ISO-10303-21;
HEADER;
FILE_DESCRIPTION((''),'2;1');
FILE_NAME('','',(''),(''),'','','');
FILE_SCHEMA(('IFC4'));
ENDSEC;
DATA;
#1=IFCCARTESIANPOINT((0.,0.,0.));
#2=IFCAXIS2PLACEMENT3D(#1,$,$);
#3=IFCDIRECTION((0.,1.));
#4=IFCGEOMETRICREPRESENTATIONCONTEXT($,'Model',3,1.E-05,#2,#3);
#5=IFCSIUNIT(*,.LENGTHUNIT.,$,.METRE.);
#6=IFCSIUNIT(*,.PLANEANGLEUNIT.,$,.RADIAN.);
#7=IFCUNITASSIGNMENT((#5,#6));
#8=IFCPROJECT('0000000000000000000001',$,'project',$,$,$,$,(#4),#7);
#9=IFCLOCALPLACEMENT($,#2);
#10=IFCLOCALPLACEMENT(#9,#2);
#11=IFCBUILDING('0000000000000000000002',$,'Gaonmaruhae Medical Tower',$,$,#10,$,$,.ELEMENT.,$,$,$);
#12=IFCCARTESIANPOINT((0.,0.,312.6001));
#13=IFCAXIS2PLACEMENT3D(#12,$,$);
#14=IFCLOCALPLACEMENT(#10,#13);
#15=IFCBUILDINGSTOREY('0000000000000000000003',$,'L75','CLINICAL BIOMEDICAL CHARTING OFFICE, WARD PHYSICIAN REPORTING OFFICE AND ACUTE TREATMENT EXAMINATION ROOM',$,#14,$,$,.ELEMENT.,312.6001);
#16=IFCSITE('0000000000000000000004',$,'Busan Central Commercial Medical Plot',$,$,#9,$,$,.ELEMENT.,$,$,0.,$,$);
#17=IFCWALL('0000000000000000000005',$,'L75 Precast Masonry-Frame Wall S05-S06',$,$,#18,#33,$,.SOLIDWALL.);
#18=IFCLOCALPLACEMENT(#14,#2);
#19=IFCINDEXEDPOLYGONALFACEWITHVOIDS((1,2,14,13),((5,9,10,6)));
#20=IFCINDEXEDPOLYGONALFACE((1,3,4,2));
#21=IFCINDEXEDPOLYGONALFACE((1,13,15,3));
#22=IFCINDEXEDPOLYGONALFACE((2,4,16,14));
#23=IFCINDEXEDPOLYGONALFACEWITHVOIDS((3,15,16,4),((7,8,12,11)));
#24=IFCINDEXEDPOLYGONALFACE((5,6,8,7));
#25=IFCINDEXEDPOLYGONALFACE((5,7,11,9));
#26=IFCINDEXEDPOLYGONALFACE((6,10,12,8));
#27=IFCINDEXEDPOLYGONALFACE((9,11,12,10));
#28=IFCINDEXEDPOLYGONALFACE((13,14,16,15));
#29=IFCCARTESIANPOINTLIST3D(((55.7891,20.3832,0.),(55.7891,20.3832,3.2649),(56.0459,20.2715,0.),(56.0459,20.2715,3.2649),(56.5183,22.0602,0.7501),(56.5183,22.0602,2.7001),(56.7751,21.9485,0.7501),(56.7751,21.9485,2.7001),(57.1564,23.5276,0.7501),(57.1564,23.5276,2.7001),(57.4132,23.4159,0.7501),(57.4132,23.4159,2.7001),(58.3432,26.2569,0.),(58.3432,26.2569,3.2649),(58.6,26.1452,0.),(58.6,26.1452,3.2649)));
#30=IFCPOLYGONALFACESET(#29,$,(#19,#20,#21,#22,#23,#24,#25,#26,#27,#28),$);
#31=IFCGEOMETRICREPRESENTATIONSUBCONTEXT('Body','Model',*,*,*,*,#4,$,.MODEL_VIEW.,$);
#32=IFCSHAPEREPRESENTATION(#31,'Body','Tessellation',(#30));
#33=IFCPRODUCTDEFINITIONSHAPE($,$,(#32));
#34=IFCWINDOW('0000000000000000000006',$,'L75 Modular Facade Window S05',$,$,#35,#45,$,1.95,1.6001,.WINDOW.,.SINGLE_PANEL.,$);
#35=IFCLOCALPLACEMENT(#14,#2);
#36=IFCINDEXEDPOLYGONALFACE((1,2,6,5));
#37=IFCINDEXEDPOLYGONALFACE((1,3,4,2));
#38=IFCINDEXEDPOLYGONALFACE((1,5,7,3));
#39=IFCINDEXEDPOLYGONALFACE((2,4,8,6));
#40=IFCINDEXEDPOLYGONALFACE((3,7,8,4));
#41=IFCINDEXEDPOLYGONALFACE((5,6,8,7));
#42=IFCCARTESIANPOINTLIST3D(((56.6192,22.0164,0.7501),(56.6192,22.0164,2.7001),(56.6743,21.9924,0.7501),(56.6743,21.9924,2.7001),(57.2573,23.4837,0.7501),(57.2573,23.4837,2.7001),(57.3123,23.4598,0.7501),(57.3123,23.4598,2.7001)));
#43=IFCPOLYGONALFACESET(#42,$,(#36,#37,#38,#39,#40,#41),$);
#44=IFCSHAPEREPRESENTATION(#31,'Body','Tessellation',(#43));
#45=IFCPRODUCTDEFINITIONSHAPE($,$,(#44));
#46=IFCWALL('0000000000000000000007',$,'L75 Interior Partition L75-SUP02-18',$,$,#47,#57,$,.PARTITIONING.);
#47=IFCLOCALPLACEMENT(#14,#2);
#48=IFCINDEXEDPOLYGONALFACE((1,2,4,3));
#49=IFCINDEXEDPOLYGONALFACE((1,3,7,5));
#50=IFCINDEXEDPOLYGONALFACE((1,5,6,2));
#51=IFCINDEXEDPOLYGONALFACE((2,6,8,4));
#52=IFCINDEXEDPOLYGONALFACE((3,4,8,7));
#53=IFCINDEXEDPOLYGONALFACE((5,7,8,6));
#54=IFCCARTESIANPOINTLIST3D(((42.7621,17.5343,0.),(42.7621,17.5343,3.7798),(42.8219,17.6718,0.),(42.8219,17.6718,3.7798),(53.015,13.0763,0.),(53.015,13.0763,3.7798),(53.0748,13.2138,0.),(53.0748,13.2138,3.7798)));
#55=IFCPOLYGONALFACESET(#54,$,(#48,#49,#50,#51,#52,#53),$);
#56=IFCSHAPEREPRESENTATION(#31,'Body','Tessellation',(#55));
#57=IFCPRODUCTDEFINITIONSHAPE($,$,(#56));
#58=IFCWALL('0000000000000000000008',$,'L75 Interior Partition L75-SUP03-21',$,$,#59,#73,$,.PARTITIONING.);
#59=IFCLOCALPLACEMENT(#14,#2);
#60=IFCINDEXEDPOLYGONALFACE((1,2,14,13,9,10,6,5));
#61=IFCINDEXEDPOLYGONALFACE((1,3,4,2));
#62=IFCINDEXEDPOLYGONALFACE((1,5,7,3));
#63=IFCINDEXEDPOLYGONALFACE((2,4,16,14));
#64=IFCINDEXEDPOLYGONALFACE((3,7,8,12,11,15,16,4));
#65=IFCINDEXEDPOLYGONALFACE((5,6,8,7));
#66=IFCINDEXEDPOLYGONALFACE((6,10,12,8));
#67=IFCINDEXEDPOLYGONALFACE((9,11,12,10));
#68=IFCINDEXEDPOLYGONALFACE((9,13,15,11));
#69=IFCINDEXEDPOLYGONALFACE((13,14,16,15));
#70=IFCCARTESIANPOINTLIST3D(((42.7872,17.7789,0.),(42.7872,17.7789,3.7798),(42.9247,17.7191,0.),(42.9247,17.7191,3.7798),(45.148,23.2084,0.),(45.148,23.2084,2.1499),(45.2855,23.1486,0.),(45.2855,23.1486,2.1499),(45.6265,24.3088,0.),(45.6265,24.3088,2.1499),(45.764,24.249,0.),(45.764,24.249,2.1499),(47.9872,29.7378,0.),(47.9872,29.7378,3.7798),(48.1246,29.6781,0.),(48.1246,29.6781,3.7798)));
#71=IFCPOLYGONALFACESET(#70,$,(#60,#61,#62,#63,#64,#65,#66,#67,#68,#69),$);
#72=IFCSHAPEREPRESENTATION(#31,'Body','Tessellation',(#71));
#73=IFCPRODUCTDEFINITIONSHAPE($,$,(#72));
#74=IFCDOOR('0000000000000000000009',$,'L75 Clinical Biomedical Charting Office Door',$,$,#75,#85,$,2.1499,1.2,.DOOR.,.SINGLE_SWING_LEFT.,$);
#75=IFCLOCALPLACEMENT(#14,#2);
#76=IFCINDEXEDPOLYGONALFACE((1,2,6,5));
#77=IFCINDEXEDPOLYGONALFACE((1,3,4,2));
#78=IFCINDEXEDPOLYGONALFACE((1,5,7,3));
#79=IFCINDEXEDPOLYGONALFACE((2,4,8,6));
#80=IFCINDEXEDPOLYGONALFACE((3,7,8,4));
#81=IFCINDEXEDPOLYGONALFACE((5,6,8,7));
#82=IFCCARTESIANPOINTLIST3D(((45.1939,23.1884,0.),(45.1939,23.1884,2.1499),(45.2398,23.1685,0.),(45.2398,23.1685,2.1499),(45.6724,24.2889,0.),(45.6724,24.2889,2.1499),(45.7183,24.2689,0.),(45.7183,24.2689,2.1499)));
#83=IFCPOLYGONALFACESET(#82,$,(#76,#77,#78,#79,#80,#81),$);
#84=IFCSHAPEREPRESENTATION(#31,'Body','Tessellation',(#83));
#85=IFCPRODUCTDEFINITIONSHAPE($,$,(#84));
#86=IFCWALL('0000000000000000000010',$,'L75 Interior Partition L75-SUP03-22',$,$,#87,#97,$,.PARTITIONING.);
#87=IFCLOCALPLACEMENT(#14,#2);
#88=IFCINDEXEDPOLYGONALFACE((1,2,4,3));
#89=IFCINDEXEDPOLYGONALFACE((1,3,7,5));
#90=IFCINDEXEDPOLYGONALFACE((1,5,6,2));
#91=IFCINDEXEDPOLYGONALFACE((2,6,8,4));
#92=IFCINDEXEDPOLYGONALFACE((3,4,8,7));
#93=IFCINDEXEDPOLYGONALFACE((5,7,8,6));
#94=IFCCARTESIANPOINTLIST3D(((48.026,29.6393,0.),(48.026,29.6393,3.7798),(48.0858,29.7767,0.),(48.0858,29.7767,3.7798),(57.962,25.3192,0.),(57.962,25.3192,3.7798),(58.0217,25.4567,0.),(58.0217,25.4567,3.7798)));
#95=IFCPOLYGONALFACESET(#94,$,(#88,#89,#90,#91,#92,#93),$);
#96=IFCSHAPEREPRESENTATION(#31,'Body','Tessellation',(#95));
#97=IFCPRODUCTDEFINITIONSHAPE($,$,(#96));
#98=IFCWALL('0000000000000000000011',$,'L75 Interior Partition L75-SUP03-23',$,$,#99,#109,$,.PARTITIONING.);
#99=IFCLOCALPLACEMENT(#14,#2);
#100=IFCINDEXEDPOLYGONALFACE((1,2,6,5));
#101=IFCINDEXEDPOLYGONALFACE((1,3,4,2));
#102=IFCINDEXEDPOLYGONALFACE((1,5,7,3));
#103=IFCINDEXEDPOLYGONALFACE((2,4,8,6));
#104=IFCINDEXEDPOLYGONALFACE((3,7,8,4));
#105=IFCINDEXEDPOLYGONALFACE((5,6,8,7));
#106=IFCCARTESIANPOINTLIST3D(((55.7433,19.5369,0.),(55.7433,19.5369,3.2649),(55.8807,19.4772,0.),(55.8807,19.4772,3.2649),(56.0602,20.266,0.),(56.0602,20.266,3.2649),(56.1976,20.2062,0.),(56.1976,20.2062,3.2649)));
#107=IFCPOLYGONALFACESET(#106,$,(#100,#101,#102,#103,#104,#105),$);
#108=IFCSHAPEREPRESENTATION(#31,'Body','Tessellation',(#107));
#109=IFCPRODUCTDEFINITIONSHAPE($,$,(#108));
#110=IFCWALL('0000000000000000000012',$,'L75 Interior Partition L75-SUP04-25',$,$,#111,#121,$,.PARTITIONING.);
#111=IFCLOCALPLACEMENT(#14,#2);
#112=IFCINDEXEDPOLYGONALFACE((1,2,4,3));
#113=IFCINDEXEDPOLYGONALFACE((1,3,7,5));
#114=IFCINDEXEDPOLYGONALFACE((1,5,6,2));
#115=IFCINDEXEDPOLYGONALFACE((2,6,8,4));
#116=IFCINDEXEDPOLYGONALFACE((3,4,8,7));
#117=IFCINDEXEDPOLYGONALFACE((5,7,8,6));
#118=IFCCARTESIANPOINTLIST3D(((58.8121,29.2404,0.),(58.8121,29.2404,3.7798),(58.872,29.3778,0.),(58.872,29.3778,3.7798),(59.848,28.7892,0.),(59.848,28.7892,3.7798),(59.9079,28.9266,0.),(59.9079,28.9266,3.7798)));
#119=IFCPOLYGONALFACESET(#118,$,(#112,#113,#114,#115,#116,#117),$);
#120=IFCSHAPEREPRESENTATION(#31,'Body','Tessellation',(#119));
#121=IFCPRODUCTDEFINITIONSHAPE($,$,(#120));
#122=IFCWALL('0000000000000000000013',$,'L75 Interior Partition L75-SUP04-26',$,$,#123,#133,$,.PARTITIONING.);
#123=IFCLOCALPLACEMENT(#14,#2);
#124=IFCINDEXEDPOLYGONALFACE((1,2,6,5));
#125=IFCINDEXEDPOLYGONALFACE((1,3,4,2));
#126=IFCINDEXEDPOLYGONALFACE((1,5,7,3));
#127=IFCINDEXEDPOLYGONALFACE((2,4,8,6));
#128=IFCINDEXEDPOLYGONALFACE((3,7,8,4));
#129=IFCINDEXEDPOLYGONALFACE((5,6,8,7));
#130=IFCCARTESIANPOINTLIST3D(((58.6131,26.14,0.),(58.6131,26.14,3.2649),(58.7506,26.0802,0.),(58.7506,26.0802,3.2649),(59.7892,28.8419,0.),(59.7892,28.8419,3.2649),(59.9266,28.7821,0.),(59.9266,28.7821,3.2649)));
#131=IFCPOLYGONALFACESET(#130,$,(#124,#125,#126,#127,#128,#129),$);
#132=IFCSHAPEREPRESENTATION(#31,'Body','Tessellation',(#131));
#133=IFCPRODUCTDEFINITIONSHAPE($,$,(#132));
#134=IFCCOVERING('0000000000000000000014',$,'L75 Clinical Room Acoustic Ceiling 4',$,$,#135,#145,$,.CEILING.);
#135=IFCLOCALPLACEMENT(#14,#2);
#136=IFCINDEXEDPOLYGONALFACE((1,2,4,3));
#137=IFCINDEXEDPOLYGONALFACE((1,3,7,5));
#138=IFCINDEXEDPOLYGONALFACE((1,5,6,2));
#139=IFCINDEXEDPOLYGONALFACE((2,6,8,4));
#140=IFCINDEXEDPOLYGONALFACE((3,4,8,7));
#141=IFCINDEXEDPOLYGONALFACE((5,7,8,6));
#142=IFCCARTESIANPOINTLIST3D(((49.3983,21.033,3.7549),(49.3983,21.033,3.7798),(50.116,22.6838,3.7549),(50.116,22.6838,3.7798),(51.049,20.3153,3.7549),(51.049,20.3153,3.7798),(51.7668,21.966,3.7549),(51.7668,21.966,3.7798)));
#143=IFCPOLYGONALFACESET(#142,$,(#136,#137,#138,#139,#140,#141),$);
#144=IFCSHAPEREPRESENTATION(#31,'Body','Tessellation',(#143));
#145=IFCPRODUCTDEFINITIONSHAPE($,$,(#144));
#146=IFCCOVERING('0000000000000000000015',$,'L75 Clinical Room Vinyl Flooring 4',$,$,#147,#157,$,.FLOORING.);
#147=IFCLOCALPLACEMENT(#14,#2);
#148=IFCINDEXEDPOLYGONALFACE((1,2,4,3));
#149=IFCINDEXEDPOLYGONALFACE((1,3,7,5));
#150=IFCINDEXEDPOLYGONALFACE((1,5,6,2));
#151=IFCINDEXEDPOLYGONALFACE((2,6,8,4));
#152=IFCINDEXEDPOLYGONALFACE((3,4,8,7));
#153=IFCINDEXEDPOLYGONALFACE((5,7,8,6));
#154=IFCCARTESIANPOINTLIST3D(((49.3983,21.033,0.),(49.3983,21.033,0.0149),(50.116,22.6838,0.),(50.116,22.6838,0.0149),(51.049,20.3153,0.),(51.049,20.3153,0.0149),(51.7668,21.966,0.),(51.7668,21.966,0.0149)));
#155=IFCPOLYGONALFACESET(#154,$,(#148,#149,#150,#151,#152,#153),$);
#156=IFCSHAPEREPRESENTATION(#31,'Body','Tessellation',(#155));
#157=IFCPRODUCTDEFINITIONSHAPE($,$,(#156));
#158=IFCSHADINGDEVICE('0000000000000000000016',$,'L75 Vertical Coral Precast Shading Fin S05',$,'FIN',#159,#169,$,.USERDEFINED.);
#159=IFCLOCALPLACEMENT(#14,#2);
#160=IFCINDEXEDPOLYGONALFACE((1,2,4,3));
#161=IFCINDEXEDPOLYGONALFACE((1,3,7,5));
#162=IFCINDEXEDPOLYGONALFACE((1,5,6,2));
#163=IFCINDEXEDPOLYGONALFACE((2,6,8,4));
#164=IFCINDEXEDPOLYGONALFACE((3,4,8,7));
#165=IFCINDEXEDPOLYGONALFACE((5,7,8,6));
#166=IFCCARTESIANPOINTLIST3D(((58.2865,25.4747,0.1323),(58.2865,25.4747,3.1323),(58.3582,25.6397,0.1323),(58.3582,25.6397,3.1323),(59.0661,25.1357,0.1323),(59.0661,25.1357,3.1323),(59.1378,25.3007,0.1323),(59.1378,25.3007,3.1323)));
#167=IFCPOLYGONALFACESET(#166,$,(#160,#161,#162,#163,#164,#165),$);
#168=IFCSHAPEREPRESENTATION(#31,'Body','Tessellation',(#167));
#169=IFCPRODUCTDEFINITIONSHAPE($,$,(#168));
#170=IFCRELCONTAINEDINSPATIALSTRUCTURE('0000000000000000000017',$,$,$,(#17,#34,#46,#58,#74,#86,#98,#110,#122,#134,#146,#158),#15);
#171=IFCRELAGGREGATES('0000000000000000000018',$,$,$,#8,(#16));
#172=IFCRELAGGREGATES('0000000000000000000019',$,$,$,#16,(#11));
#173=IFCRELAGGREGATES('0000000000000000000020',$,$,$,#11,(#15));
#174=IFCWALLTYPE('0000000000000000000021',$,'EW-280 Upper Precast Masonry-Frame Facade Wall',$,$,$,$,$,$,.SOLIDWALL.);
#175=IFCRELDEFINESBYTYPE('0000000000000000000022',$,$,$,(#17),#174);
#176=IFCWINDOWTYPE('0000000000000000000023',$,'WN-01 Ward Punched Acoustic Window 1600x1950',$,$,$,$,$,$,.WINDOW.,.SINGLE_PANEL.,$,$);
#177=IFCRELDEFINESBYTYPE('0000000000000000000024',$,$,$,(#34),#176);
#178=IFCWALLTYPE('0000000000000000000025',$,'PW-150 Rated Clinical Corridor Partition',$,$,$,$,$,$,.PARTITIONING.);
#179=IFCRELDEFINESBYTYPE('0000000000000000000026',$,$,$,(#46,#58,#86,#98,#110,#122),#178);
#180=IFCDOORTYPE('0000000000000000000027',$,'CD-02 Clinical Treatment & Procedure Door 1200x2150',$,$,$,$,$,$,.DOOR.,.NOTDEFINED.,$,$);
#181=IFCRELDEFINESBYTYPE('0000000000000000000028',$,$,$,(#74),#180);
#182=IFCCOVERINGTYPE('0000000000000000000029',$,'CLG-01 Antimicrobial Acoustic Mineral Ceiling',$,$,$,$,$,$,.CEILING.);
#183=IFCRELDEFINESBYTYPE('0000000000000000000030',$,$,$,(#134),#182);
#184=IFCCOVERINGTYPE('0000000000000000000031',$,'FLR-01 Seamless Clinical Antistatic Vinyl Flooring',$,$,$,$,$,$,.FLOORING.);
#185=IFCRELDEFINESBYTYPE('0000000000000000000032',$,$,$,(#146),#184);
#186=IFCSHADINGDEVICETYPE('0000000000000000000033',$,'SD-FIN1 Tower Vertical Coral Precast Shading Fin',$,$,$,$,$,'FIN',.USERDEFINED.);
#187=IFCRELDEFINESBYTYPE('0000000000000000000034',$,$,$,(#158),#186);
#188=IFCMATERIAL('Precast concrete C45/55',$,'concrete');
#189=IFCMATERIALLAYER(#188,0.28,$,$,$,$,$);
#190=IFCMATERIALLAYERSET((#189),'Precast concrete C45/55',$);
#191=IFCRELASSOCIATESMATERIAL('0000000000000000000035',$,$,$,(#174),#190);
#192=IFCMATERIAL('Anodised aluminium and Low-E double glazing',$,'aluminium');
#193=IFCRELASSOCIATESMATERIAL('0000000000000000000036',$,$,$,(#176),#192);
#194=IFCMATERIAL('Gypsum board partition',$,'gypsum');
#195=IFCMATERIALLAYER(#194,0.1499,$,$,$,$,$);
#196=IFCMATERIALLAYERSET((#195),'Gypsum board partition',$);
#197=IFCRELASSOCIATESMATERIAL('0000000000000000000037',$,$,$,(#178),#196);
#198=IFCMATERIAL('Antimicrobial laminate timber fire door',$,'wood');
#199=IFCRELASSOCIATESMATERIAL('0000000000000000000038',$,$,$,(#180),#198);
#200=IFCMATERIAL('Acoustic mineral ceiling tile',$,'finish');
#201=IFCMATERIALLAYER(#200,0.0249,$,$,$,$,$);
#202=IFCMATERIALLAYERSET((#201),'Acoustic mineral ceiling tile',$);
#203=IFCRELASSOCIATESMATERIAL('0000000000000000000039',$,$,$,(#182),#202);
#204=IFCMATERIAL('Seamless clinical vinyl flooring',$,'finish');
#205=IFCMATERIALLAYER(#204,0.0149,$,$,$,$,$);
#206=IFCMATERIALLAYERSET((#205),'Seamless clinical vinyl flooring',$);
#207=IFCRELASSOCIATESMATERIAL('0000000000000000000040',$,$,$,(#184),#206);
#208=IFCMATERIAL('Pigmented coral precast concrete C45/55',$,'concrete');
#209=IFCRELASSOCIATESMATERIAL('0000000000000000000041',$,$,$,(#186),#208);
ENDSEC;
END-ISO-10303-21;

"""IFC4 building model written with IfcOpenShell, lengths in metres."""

from ifc_helpers import new_model, si_unit, direction, frame, frame_2d, origin, origin_2d, place, context, subcontext, project, spatial, rectangle, extrude, material, layer, layer_set, type_object, element, fill, save


model = new_model("IFC4")

# Units and contexts
model_context = context("Model", 3, precision=1e-05, world=origin(), true_north=direction((0.0, 1.0)))
body_context = subcontext(model_context, "Body", "Model", "MODEL_VIEW")
ifc_project = project(units=[si_unit("LENGTHUNIT", "METRE"), si_unit("PLANEANGLEUNIT", "RADIAN")], contexts=[model_context])

# Site, building, storey
site_placement = place(None, origin())
site = spatial("IfcSite", under=ifc_project, at=site_placement, Name="Busan Central Commercial Medical Plot", CompositionType="ELEMENT", RefElevation=0.0)
building_placement = place(site_placement, origin())
building = spatial("IfcBuilding", under=site, at=building_placement, Name="Gaonmaruhae Medical Tower", CompositionType="ELEMENT")
storey_placement = place(building_placement, frame((0.0, 0.0, 312.6001)))
storey = spatial("IfcBuildingStorey", under=building, at=storey_placement, Name="L75", Description="CLINICAL BIOMEDICAL CHARTING OFFICE, WARD PHYSICIAN REPORTING OFFICE AND ACUTE TREATMENT EXAMINATION ROOM", CompositionType="ELEMENT", Elevation=312.6001)

# Shared definitions
ifc_material_1 = material(Name="Precast concrete C45/55", Category="concrete")
ifc_layer_1 = layer(ifc_material_1, 0.28)
ifc_layer_set_1 = layer_set([ifc_layer_1], Name="Precast concrete C45/55")
wall_type_1 = type_object("IfcWallType", Name="EW-280 Upper Precast Masonry-Frame Facade Wall", PredefinedType="SOLIDWALL", material=ifc_layer_set_1)
ifc_material_2 = material(Name="Anodised aluminium and Low-E double glazing", Category="aluminium")

# Wall, opening, window
wall_1_placement = place(storey_placement, frame((58.4717, 26.2012, 0.0), z_axis=(0.0, 0.0, 1.0), x_axis=(-0.398776, -0.917048, 0.0)))
wall_1 = element("IfcWall", 1, at=wall_1_placement, inside=storey, type_object=wall_type_1, Name="L75 Precast Masonry-Frame Wall S05-S06", PredefinedType="SOLIDWALL", context=body_context, shape_type="SweptSolid", body=[
    extrude(rectangle(XDim=6.405, YDim=0.28, at=frame_2d((3.2026, 0.0))), origin(), (0.0, 0.0, 1.0), 3.2649),
])
opening_1_placement = place(wall_1_placement, frame((2.9763, 0.0, 0.75)))
opening_1 = element("IfcOpeningElement", 2, at=opening_1_placement, cuts=wall_1, PredefinedType="OPENING", context=body_context, shape_type="SweptSolid", body=[
    extrude(rectangle(XDim=1.6001, YDim=1.95, at=frame_2d((0.8, 0.9751))), frame((0.0, 0.1499, 0.0), z_axis=(0.0, -1.0, 0.0), x_axis=(1.0, 0.0, 0.0)), (0.0, 0.0, 1.0), 0.3),
])
window_type_1 = type_object("IfcWindowType", Name="WN-01 Ward Punched Acoustic Window 1600x1950", PartitioningType="SINGLE_PANEL", PredefinedType="WINDOW", material=ifc_material_2)
window_1_placement = place(opening_1_placement, origin())
window_1 = element("IfcWindow", 3, at=window_1_placement, inside=storey, type_object=window_type_1, Name="L75 Modular Facade Window S05", OverallHeight=1.95, OverallWidth=1.6001, PartitioningType="SINGLE_PANEL", PredefinedType="WINDOW", context=body_context, shape_type="SweptSolid", body=[
    extrude(rectangle(XDim=1.6001, YDim=1.95, at=frame_2d((0.8, 0.9751))), frame((0.0, 0.03, 0.0), z_axis=(0.0, -1.0, 0.0), x_axis=(1.0, 0.0, 0.0)), (0.0, 0.0, 1.0), 0.0601),
])
fill(opening_1, window_1)

# Wall
ifc_material_3 = material(Name="Gypsum board partition", Category="gypsum")
ifc_layer_2 = layer(ifc_material_3, 0.1499)
ifc_layer_set_2 = layer_set([ifc_layer_2], Name="Gypsum board partition")
wall_type_2 = type_object("IfcWallType", Name="PW-150 Rated Clinical Corridor Partition", PredefinedType="PARTITIONING", material=ifc_layer_set_2)
wall_2_placement = place(storey_placement, frame((42.792, 17.603, 0.0), z_axis=(0.0, 0.0, 1.0), x_axis=(0.917063, -0.398742, 0.0)))
element("IfcWall", 4, at=wall_2_placement, inside=storey, type_object=wall_type_2, Name="L75 Interior Partition L75-SUP02-18", PredefinedType="PARTITIONING", context=body_context, shape_type="SweptSolid", body=[
    extrude(rectangle(XDim=11.1802, YDim=0.1499, at=frame_2d((5.5901, 0.0))), origin(), (0.0, 0.0, 1.0), 3.7798),
])

# Wall, opening, door
wall_3_placement = place(storey_placement, frame((42.856, 17.749, 0.0), z_axis=(0.0, 0.0, 1.0), x_axis=(0.398751, 0.917059, 0.0)))
wall_3 = element("IfcWall", 5, at=wall_3_placement, inside=storey, type_object=wall_type_2, Name="L75 Interior Partition L75-SUP03-21", PredefinedType="PARTITIONING", context=body_context, shape_type="SweptSolid", body=[
    extrude(rectangle(XDim=13.0405, YDim=0.1499, at=frame_2d((6.5203, 0.0))), origin(), (0.0, 0.0, 1.0), 3.7798),
])
opening_2_placement = place(wall_3_placement, frame((5.9204, 0.0, 0.0)))
opening_2 = element("IfcOpeningElement", 6, at=opening_2_placement, cuts=wall_3, PredefinedType="OPENING", context=body_context, shape_type="SweptSolid", body=[
    extrude(rectangle(XDim=1.2, YDim=2.1499, at=frame_2d((0.6001, 1.075))), frame((0.0, 0.085, 0.0), z_axis=(0.0, -1.0, 0.0), x_axis=(1.0, 0.0, 0.0)), (0.0, 0.0, 1.0), 0.1699),
])
ifc_material_4 = material(Name="Antimicrobial laminate timber fire door", Category="wood")
door_type = type_object("IfcDoorType", Name="CD-02 Clinical Treatment & Procedure Door 1200x2150", OperationType="NOTDEFINED", PredefinedType="DOOR", material=ifc_material_4)
door_placement = place(opening_2_placement, origin())
door = element("IfcDoor", 7, at=door_placement, inside=storey, type_object=door_type, Name="L75 Clinical Biomedical Charting Office Door", OperationType="SINGLE_SWING_LEFT", OverallHeight=2.1499, OverallWidth=1.2, PredefinedType="DOOR", context=body_context, shape_type="SweptSolid", body=[
    extrude(rectangle(XDim=1.2, YDim=2.1499, at=frame_2d((0.6001, 1.075))), frame((0.0, 0.0249, 0.0), z_axis=(0.0, -1.0, 0.0), x_axis=(1.0, 0.0, 0.0)), (0.0, 0.0, 1.0), 0.05),
])
fill(opening_2, door)

# Walls
wall_4_placement = place(storey_placement, frame((48.0559, 29.708, 0.0), z_axis=(0.0, 0.0, 1.0), x_axis=(0.917068, -0.39873, 0.0)))
element("IfcWall", 8, at=wall_4_placement, inside=storey, type_object=wall_type_2, Name="L75 Interior Partition L75-SUP03-22", PredefinedType="PARTITIONING", context=body_context, shape_type="SweptSolid", body=[
    extrude(rectangle(XDim=10.8345, YDim=0.1499, at=frame_2d((5.4172, 0.0))), origin(), (0.0, 0.0, 1.0), 3.7798),
])
wall_5_placement = place(storey_placement, frame((56.1289, 20.2361, 0.0), z_axis=(0.0, 0.0, 1.0), x_axis=(-0.398659, -0.917099, 0.0)))
element("IfcWall", 9, at=wall_5_placement, inside=storey, type_object=wall_type_2, Name="L75 Interior Partition L75-SUP03-23", PredefinedType="PARTITIONING", context=body_context, shape_type="SweptSolid", body=[
    extrude(rectangle(XDim=0.7949, YDim=0.1499, at=frame_2d((0.3975, 0.0))), origin(), (0.0, 0.0, 1.0), 3.2649),
])
wall_6_placement = place(storey_placement, frame((58.842, 29.3091, 0.0), z_axis=(0.0, 0.0, 1.0), x_axis=(0.916816, -0.399311, 0.0)))
element("IfcWall", 10, at=wall_6_placement, inside=storey, type_object=wall_type_2, Name="L75 Interior Partition L75-SUP04-25", PredefinedType="PARTITIONING", context=body_context, shape_type="SweptSolid", body=[
    extrude(rectangle(XDim=1.1299, YDim=0.1499, at=frame_2d((0.5649, 0.0))), origin(), (0.0, 0.0, 1.0), 3.7798),
])
wall_7_placement = place(storey_placement, frame((59.8579, 28.812, 0.0), z_axis=(0.0, 0.0, 1.0), x_axis=(-0.399093, -0.916911, 0.0)))
element("IfcWall", 11, at=wall_7_placement, inside=storey, type_object=wall_type_2, Name="L75 Interior Partition L75-SUP04-26", PredefinedType="PARTITIONING", context=body_context, shape_type="SweptSolid", body=[
    extrude(rectangle(XDim=2.9468, YDim=0.1499, at=frame_2d((1.4734, 0.0))), origin(), (0.0, 0.0, 1.0), 3.2649),
])

# Coverings
ifc_material_5 = material(Name="Acoustic mineral ceiling tile", Category="finish")
ifc_layer_3 = layer(ifc_material_5, 0.0249)
ifc_layer_set_3 = layer_set([ifc_layer_3], Name="Acoustic mineral ceiling tile")
covering_type_1 = type_object("IfcCoveringType", Name="CLG-01 Antimicrobial Acoustic Mineral Ceiling", PredefinedType="CEILING", material=ifc_layer_set_3)
covering_1_placement = place(storey_placement, frame((50.5825, 21.4995, 3.7549), z_axis=(0.0, 0.0, 1.0), x_axis=(0.398749, 0.91706, 0.0)))
element("IfcCovering", 12, at=covering_1_placement, inside=storey, type_object=covering_type_1, Name="L75 Clinical Room Acoustic Ceiling 4", PredefinedType="CEILING", context=body_context, shape_type="SweptSolid", body=[
    extrude(rectangle(XDim=1.8, YDim=1.8, at=origin_2d()), origin(), (0.0, 0.0, 1.0), 0.0249),
])
ifc_material_6 = material(Name="Seamless clinical vinyl flooring", Category="finish")
ifc_layer_4 = layer(ifc_material_6, 0.0149)
ifc_layer_set_4 = layer_set([ifc_layer_4], Name="Seamless clinical vinyl flooring")
covering_type_2 = type_object("IfcCoveringType", Name="FLR-01 Seamless Clinical Antistatic Vinyl Flooring", PredefinedType="FLOORING", material=ifc_layer_set_4)
covering_2_placement = place(storey_placement, frame((50.5825, 21.4995, 0.0), z_axis=(0.0, 0.0, 1.0), x_axis=(0.398749, 0.91706, 0.0)))
element("IfcCovering", 13, at=covering_2_placement, inside=storey, type_object=covering_type_2, Name="L75 Clinical Room Vinyl Flooring 4", PredefinedType="FLOORING", context=body_context, shape_type="SweptSolid", body=[
    extrude(rectangle(XDim=1.8, YDim=1.8, at=origin_2d()), origin(), (0.0, 0.0, 1.0), 0.0149),
])

# Shading device
ifc_material_7 = material(Name="Pigmented coral precast concrete C45/55", Category="concrete")
shading_device_type = type_object("IfcShadingDeviceType", Name="SD-FIN1 Tower Vertical Coral Precast Shading Fin", ElementType="FIN", PredefinedType="USERDEFINED", material=ifc_material_7)
for number, where, z_axis, x_axis, name in (
    (14, (58.7122, 25.3877, 0.1323), (0.0, 0.0, 1.0), (-0.398749, -0.91706, 0.0), "L75 Vertical Coral Precast Shading Fin S05"),
):
    element("IfcShadingDevice", number, at=place(storey_placement, frame(where, z_axis=z_axis, x_axis=x_axis)), inside=storey, type_object=shading_device_type, Name=name, ObjectType="FIN", PredefinedType="USERDEFINED", context=body_context, shape_type="SweptSolid", body=[
        extrude(rectangle(XDim=0.1799, YDim=0.8501, at=origin_2d()), origin(), (0.0, 0.0, 1.0), 3.0),
    ])

save(model, "model.ifc")
